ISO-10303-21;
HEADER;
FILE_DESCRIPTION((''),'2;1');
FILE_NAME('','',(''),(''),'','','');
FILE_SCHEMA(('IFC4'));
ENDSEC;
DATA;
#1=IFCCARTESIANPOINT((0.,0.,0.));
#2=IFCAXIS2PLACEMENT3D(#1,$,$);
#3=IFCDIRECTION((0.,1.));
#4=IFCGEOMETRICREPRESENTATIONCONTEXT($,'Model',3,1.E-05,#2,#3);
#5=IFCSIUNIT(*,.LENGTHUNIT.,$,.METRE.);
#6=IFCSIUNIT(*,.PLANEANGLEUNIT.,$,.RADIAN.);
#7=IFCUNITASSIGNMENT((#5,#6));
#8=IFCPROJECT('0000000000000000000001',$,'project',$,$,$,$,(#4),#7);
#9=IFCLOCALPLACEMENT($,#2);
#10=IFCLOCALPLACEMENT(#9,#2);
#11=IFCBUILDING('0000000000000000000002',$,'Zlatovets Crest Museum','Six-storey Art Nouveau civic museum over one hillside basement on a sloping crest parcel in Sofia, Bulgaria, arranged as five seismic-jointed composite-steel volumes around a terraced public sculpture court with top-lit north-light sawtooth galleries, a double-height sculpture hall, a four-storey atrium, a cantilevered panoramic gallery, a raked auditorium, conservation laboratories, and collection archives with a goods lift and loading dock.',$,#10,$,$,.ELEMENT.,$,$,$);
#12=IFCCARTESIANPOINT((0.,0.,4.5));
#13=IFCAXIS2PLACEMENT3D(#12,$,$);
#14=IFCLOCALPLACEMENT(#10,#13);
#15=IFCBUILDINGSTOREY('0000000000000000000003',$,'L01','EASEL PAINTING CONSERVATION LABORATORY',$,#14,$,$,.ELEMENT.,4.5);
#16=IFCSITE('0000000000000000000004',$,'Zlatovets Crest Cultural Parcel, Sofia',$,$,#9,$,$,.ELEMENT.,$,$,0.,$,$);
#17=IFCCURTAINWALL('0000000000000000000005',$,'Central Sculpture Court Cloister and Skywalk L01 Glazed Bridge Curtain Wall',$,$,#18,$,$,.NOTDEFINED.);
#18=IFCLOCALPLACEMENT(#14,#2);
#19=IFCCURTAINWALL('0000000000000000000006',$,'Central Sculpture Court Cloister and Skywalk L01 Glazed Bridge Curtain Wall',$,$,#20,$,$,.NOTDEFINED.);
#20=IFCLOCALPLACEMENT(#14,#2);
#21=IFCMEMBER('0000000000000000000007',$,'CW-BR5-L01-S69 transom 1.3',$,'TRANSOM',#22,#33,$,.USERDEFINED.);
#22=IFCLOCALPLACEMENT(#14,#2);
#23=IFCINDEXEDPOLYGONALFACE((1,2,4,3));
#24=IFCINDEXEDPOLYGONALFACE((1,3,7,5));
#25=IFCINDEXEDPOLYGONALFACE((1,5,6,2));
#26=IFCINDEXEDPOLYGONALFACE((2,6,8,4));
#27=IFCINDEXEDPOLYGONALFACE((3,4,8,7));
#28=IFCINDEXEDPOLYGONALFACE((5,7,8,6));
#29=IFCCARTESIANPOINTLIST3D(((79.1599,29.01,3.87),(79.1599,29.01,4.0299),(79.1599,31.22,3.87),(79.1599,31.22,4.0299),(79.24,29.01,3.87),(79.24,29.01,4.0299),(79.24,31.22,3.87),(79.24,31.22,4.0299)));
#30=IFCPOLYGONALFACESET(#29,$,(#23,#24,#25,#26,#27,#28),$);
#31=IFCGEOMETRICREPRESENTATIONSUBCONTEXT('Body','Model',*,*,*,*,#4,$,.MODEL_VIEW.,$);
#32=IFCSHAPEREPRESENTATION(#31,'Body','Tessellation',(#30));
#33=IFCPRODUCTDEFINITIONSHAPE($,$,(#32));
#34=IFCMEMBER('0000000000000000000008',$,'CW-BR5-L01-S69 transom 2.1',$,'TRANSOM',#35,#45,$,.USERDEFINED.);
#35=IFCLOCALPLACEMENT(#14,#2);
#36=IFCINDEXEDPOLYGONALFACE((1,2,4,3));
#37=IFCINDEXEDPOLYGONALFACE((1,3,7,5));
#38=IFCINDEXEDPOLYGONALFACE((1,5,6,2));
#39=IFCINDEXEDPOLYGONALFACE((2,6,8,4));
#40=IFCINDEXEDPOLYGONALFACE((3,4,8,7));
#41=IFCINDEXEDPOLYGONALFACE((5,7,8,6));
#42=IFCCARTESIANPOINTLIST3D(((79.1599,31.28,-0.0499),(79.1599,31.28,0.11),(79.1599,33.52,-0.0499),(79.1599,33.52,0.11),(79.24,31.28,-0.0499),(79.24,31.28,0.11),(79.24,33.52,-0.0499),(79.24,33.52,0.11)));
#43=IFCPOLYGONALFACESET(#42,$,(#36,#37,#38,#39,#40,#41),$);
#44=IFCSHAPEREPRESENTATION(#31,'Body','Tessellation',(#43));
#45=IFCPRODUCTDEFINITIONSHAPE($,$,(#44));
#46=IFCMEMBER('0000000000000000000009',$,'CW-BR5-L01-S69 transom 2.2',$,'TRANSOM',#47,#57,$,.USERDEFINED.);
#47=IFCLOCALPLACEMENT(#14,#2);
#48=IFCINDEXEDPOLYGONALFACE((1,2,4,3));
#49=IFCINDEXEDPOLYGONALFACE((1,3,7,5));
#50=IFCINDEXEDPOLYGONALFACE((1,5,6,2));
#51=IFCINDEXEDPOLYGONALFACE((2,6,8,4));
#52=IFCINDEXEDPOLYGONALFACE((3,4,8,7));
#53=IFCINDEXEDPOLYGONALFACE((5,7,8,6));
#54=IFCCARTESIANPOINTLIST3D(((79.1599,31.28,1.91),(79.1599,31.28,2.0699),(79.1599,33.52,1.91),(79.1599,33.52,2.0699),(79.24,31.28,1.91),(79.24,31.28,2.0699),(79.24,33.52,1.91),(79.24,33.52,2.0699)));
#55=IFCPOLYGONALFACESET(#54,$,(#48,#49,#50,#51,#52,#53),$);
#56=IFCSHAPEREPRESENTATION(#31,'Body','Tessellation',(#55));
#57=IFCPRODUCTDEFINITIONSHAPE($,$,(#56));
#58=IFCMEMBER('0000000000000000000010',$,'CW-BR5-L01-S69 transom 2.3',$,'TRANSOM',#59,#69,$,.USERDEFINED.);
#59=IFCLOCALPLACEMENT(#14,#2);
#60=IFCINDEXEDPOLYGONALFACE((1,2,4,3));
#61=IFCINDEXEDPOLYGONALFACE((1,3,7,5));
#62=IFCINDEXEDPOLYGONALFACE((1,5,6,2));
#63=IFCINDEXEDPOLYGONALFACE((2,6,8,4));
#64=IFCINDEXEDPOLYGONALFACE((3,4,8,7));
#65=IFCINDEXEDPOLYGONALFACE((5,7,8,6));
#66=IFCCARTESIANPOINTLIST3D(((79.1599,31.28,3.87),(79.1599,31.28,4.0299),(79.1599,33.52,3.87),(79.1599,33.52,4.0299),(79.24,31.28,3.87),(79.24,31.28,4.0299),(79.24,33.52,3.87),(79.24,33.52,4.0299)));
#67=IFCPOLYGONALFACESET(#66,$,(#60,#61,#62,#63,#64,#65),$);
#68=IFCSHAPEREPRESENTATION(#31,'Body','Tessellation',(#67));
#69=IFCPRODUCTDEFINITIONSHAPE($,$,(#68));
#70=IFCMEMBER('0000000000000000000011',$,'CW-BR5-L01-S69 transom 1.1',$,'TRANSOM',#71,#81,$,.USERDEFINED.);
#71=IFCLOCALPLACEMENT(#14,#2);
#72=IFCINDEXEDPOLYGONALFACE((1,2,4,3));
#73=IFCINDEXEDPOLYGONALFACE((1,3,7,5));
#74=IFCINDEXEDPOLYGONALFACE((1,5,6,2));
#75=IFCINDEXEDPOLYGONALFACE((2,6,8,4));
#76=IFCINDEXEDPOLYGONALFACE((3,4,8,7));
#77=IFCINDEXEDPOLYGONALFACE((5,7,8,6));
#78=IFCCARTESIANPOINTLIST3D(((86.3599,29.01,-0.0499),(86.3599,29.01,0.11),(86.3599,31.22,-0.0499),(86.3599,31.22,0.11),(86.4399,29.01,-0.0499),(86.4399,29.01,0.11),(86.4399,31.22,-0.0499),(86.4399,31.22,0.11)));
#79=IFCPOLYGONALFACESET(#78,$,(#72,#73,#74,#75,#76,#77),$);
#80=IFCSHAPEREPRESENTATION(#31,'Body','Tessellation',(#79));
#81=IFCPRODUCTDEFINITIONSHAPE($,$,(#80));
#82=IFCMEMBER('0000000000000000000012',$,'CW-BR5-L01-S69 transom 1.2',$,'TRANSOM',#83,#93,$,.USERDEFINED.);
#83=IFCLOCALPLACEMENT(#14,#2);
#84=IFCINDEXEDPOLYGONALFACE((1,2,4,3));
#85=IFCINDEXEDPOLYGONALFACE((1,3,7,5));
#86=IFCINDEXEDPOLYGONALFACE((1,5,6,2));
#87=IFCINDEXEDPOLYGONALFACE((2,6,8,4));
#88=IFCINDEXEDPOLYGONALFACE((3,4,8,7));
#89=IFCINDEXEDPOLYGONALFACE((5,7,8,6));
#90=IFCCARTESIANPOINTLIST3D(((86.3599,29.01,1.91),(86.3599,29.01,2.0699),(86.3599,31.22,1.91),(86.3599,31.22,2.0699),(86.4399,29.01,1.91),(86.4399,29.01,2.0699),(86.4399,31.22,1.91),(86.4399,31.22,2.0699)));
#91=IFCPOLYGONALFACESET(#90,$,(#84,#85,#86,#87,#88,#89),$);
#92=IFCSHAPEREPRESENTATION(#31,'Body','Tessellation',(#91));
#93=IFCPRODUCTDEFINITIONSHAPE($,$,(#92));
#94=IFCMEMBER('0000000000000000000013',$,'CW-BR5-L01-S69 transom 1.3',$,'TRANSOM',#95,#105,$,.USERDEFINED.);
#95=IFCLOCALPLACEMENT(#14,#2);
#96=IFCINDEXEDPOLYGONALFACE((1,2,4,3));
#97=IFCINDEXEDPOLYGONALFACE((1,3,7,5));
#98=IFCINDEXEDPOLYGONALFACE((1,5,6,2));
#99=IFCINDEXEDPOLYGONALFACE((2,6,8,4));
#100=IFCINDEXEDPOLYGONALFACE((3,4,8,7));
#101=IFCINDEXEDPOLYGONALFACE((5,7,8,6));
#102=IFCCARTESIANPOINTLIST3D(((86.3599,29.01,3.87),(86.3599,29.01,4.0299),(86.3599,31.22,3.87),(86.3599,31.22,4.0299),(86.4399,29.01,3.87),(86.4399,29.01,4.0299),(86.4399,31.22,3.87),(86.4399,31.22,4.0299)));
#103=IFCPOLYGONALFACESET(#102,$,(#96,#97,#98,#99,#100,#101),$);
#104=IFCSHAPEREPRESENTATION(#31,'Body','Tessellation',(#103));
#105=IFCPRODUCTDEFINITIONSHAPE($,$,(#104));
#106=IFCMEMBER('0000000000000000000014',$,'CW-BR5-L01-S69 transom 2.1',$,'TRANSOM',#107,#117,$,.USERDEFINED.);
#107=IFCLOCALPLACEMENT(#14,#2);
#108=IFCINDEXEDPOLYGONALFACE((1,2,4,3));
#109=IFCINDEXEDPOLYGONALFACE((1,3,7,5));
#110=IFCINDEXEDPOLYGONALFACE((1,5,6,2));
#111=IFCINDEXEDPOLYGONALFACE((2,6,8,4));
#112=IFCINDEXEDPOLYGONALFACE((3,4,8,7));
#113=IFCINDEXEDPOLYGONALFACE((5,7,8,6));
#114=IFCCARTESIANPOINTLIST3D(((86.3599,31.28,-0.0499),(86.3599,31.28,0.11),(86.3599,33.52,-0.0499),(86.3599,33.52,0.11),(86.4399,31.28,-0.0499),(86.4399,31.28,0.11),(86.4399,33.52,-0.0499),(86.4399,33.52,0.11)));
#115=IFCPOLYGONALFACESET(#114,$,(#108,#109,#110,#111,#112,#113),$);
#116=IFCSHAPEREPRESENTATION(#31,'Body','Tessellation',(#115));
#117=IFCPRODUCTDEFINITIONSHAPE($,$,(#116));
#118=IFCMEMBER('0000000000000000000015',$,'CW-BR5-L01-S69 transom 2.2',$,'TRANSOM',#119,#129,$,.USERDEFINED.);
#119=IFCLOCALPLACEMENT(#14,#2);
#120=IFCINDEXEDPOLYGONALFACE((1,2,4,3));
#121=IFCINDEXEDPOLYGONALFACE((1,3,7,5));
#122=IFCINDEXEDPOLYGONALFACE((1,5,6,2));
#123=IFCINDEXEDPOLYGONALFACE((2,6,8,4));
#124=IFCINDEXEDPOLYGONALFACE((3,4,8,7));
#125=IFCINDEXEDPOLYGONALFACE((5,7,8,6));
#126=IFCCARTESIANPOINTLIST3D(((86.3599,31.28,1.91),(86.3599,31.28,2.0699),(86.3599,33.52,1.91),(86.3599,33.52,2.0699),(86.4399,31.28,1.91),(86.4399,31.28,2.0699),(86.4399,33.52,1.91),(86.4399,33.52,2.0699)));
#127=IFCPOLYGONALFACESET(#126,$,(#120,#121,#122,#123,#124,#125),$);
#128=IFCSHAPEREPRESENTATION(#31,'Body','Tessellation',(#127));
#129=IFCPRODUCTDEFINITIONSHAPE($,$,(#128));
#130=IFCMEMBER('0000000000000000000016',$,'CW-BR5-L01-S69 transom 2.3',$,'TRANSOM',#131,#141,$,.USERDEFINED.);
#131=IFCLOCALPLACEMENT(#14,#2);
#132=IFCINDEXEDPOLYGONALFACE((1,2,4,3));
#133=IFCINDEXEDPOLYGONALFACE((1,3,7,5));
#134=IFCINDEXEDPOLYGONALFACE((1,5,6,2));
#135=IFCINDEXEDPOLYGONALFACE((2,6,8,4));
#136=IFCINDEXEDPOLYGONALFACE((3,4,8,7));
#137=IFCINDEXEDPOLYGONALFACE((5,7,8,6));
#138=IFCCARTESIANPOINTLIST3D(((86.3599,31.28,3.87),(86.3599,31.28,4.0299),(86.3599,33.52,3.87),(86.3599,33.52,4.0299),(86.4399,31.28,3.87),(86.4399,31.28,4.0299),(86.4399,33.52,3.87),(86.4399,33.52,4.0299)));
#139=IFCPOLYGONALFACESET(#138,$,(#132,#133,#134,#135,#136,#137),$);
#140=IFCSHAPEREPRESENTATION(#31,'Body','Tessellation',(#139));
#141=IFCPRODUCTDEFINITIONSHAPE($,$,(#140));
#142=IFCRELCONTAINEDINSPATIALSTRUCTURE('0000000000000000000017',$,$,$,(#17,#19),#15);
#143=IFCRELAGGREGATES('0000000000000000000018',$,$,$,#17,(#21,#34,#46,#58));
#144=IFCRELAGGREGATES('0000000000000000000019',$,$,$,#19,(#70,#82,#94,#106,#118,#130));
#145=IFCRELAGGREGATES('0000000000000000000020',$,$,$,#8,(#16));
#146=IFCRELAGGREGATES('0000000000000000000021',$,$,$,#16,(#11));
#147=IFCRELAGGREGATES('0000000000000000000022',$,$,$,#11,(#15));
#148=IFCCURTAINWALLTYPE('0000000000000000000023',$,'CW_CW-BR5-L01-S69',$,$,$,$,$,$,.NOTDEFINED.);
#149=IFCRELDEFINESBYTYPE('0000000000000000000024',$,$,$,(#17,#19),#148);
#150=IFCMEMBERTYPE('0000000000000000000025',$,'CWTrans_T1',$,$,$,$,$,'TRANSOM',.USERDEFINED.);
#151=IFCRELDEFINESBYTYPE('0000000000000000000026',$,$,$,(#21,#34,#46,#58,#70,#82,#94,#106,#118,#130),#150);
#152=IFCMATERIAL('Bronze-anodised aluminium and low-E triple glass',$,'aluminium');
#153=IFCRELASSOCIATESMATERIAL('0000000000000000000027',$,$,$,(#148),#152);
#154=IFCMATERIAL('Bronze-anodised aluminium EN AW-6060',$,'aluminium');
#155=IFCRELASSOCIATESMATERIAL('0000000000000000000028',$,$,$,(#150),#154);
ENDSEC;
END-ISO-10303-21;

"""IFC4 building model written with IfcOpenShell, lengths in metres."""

from ifc_helpers import new_model, si_unit, direction, frame, origin, origin_2d, place, context, subcontext, project, spatial, rectangle, extrude, material, material_profile, profile_set, type_object, element, aggregate, save


model = new_model("IFC4")

# Units and contexts
model_context = context("Model", 3, precision=1e-05, world=origin(), true_north=direction((0.0, 1.0)))
body_context = subcontext(model_context, "Body", "Model", "MODEL_VIEW")
ifc_project = project(units=[si_unit("LENGTHUNIT", "METRE"), si_unit("PLANEANGLEUNIT", "RADIAN")], contexts=[model_context])

# Site, building, storey
site_placement = place(None, origin())
site = spatial("IfcSite", under=ifc_project, at=site_placement, Name="Zlatovets Crest Cultural Parcel, Sofia", CompositionType="ELEMENT", RefElevation=0.0)
building_placement = place(site_placement, origin())
building = spatial("IfcBuilding", under=site, at=building_placement, Name="Zlatovets Crest Museum", Description="Six-storey Art Nouveau civic museum over one hillside basement on a sloping crest parcel in Sofia, Bulgaria, arranged as five seismic-jointed composite-steel volumes around a terraced public sculpture court with top-lit north-light sawtooth galleries, a double-height sculpture hall, a four-storey atrium, a cantilevered panoramic gallery, a raked auditorium, conservation laboratories, and collection archives with a goods lift and loading dock.", CompositionType="ELEMENT")
storey_placement = place(building_placement, frame((0.0, 0.0, 4.5)))
storey = spatial("IfcBuildingStorey", under=building, at=storey_placement, Name="L01", Description="EASEL PAINTING CONSERVATION LABORATORY", CompositionType="ELEMENT", Elevation=4.5)

# Shared definitions
ifc_material_1 = material(Name="Bronze-anodised aluminium and low-E triple glass", Category="aluminium")
ifc_material_2 = material(Name="Bronze-anodised aluminium EN AW-6060", Category="aluminium")

# Curtain walls
curtain_wall_type_1 = type_object("IfcCurtainWallType", Name="CW_CW-BR5-L01-S69", PredefinedType="NOTDEFINED", material=ifc_material_1)
curtain_wall_1_placement = place(storey_placement, origin())
curtain_wall_1 = element("IfcCurtainWall", 1, at=curtain_wall_1_placement, inside=storey, type_object=curtain_wall_type_1, Name="Central Sculpture Court Cloister and Skywalk L01 Glazed Bridge Curtain Wall", PredefinedType="NOTDEFINED")
curtain_wall_2_placement = place(storey_placement, origin())
curtain_wall_2 = element("IfcCurtainWall", 2, at=curtain_wall_2_placement, inside=storey, type_object=curtain_wall_type_1, Name="Central Sculpture Court Cloister and Skywalk L01 Glazed Bridge Curtain Wall", PredefinedType="NOTDEFINED")

# Members
ifc_material_profile_1 = material_profile(ifc_material_2, rectangle(XDim=0.0801, YDim=0.1599, at=origin_2d()), Name="ALU 80x160")
ifc_profile_set_1 = profile_set([ifc_material_profile_1], Name="Bronze-anodised aluminium EN AW-6060")
member_type_1 = type_object("IfcMemberType", Name="CWTrans_T1", ElementType="TRANSOM", PredefinedType="USERDEFINED", material=ifc_profile_set_1)
member_1_placement = place(storey_placement, frame((79.2, 29.01, 3.95), z_axis=(0.0, 1.0, 0.0), x_axis=(-1.0, 0.0, 0.0)))
member_1 = element("IfcMember", 3, at=member_1_placement, type_object=member_type_1, Name="CW-BR5-L01-S69 transom 1.3", ObjectType="TRANSOM", PredefinedType="USERDEFINED", context=body_context, shape_type="SweptSolid", body=[
    extrude(rectangle(XDim=0.0801, YDim=0.1599, at=origin_2d()), origin(), (0.0, 0.0, 1.0), 2.21),
])
member_2_placement = place(storey_placement, frame((79.2, 31.28, 0.03), z_axis=(0.0, 1.0, 0.0), x_axis=(-1.0, 0.0, 0.0)))
member_2 = element("IfcMember", 4, at=member_2_placement, type_object=member_type_1, Name="CW-BR5-L01-S69 transom 2.1", ObjectType="TRANSOM", PredefinedType="USERDEFINED", context=body_context, shape_type="SweptSolid", body=[
    extrude(rectangle(XDim=0.0801, YDim=0.1599, at=origin_2d()), origin(), (0.0, 0.0, 1.0), 2.24),
])
member_3_placement = place(storey_placement, frame((79.2, 31.28, 1.99), z_axis=(0.0, 1.0, 0.0), x_axis=(-1.0, 0.0, 0.0)))
member_3 = element("IfcMember", 5, at=member_3_placement, type_object=member_type_1, Name="CW-BR5-L01-S69 transom 2.2", ObjectType="TRANSOM", PredefinedType="USERDEFINED", context=body_context, shape_type="SweptSolid", body=[
    extrude(rectangle(XDim=0.0801, YDim=0.1599, at=origin_2d()), origin(), (0.0, 0.0, 1.0), 2.24),
])
member_4_placement = place(storey_placement, frame((79.2, 31.28, 3.95), z_axis=(0.0, 1.0, 0.0), x_axis=(-1.0, 0.0, 0.0)))
member_4 = element("IfcMember", 6, at=member_4_placement, type_object=member_type_1, Name="CW-BR5-L01-S69 transom 2.3", ObjectType="TRANSOM", PredefinedType="USERDEFINED", context=body_context, shape_type="SweptSolid", body=[
    extrude(rectangle(XDim=0.0801, YDim=0.1599, at=origin_2d()), origin(), (0.0, 0.0, 1.0), 2.24),
])
member_5_placement = place(storey_placement, frame((86.3999, 29.01, 0.03), z_axis=(0.0, 1.0, 0.0), x_axis=(-1.0, 0.0, 0.0)))
member_5 = element("IfcMember", 7, at=member_5_placement, type_object=member_type_1, Name="CW-BR5-L01-S69 transom 1.1", ObjectType="TRANSOM", PredefinedType="USERDEFINED", context=body_context, shape_type="SweptSolid", body=[
    extrude(rectangle(XDim=0.0801, YDim=0.1599, at=origin_2d()), origin(), (0.0, 0.0, 1.0), 2.21),
])
member_6_placement = place(storey_placement, frame((86.3999, 29.01, 1.99), z_axis=(0.0, 1.0, 0.0), x_axis=(-1.0, 0.0, 0.0)))
member_6 = element("IfcMember", 8, at=member_6_placement, type_object=member_type_1, Name="CW-BR5-L01-S69 transom 1.2", ObjectType="TRANSOM", PredefinedType="USERDEFINED", context=body_context, shape_type="SweptSolid", body=[
    extrude(rectangle(XDim=0.0801, YDim=0.1599, at=origin_2d()), origin(), (0.0, 0.0, 1.0), 2.21),
])
member_7_placement = place(storey_placement, frame((86.3999, 29.01, 3.95), z_axis=(0.0, 1.0, 0.0), x_axis=(-1.0, 0.0, 0.0)))
member_7 = element("IfcMember", 9, at=member_7_placement, type_object=member_type_1, Name="CW-BR5-L01-S69 transom 1.3", ObjectType="TRANSOM", PredefinedType="USERDEFINED", context=body_context, shape_type="SweptSolid", body=[
    extrude(rectangle(XDim=0.0801, YDim=0.1599, at=origin_2d()), origin(), (0.0, 0.0, 1.0), 2.21),
])
member_8_placement = place(storey_placement, frame((86.3999, 31.28, 0.03), z_axis=(0.0, 1.0, 0.0), x_axis=(-1.0, 0.0, 0.0)))
member_8 = element("IfcMember", 10, at=member_8_placement, type_object=member_type_1, Name="CW-BR5-L01-S69 transom 2.1", ObjectType="TRANSOM", PredefinedType="USERDEFINED", context=body_context, shape_type="SweptSolid", body=[
    extrude(rectangle(XDim=0.0801, YDim=0.1599, at=origin_2d()), origin(), (0.0, 0.0, 1.0), 2.24),
])
member_9_placement = place(storey_placement, frame((86.3999, 31.28, 1.99), z_axis=(0.0, 1.0, 0.0), x_axis=(-1.0, 0.0, 0.0)))
member_9 = element("IfcMember", 11, at=member_9_placement, type_object=member_type_1, Name="CW-BR5-L01-S69 transom 2.2", ObjectType="TRANSOM", PredefinedType="USERDEFINED", context=body_context, shape_type="SweptSolid", body=[
    extrude(rectangle(XDim=0.0801, YDim=0.1599, at=origin_2d()), origin(), (0.0, 0.0, 1.0), 2.24),
])
member_10_placement = place(storey_placement, frame((86.3999, 31.28, 3.95), z_axis=(0.0, 1.0, 0.0), x_axis=(-1.0, 0.0, 0.0)))
member_10 = element("IfcMember", 12, at=member_10_placement, type_object=member_type_1, Name="CW-BR5-L01-S69 transom 2.3", ObjectType="TRANSOM", PredefinedType="USERDEFINED", context=body_context, shape_type="SweptSolid", body=[
    extrude(rectangle(XDim=0.0801, YDim=0.1599, at=origin_2d()), origin(), (0.0, 0.0, 1.0), 2.24),
])

aggregate(curtain_wall_1, [member_1, member_2, member_3, member_4])
aggregate(curtain_wall_2, [member_5, member_6, member_7, member_8, member_9, member_10])

save(model, "model.ifc")
